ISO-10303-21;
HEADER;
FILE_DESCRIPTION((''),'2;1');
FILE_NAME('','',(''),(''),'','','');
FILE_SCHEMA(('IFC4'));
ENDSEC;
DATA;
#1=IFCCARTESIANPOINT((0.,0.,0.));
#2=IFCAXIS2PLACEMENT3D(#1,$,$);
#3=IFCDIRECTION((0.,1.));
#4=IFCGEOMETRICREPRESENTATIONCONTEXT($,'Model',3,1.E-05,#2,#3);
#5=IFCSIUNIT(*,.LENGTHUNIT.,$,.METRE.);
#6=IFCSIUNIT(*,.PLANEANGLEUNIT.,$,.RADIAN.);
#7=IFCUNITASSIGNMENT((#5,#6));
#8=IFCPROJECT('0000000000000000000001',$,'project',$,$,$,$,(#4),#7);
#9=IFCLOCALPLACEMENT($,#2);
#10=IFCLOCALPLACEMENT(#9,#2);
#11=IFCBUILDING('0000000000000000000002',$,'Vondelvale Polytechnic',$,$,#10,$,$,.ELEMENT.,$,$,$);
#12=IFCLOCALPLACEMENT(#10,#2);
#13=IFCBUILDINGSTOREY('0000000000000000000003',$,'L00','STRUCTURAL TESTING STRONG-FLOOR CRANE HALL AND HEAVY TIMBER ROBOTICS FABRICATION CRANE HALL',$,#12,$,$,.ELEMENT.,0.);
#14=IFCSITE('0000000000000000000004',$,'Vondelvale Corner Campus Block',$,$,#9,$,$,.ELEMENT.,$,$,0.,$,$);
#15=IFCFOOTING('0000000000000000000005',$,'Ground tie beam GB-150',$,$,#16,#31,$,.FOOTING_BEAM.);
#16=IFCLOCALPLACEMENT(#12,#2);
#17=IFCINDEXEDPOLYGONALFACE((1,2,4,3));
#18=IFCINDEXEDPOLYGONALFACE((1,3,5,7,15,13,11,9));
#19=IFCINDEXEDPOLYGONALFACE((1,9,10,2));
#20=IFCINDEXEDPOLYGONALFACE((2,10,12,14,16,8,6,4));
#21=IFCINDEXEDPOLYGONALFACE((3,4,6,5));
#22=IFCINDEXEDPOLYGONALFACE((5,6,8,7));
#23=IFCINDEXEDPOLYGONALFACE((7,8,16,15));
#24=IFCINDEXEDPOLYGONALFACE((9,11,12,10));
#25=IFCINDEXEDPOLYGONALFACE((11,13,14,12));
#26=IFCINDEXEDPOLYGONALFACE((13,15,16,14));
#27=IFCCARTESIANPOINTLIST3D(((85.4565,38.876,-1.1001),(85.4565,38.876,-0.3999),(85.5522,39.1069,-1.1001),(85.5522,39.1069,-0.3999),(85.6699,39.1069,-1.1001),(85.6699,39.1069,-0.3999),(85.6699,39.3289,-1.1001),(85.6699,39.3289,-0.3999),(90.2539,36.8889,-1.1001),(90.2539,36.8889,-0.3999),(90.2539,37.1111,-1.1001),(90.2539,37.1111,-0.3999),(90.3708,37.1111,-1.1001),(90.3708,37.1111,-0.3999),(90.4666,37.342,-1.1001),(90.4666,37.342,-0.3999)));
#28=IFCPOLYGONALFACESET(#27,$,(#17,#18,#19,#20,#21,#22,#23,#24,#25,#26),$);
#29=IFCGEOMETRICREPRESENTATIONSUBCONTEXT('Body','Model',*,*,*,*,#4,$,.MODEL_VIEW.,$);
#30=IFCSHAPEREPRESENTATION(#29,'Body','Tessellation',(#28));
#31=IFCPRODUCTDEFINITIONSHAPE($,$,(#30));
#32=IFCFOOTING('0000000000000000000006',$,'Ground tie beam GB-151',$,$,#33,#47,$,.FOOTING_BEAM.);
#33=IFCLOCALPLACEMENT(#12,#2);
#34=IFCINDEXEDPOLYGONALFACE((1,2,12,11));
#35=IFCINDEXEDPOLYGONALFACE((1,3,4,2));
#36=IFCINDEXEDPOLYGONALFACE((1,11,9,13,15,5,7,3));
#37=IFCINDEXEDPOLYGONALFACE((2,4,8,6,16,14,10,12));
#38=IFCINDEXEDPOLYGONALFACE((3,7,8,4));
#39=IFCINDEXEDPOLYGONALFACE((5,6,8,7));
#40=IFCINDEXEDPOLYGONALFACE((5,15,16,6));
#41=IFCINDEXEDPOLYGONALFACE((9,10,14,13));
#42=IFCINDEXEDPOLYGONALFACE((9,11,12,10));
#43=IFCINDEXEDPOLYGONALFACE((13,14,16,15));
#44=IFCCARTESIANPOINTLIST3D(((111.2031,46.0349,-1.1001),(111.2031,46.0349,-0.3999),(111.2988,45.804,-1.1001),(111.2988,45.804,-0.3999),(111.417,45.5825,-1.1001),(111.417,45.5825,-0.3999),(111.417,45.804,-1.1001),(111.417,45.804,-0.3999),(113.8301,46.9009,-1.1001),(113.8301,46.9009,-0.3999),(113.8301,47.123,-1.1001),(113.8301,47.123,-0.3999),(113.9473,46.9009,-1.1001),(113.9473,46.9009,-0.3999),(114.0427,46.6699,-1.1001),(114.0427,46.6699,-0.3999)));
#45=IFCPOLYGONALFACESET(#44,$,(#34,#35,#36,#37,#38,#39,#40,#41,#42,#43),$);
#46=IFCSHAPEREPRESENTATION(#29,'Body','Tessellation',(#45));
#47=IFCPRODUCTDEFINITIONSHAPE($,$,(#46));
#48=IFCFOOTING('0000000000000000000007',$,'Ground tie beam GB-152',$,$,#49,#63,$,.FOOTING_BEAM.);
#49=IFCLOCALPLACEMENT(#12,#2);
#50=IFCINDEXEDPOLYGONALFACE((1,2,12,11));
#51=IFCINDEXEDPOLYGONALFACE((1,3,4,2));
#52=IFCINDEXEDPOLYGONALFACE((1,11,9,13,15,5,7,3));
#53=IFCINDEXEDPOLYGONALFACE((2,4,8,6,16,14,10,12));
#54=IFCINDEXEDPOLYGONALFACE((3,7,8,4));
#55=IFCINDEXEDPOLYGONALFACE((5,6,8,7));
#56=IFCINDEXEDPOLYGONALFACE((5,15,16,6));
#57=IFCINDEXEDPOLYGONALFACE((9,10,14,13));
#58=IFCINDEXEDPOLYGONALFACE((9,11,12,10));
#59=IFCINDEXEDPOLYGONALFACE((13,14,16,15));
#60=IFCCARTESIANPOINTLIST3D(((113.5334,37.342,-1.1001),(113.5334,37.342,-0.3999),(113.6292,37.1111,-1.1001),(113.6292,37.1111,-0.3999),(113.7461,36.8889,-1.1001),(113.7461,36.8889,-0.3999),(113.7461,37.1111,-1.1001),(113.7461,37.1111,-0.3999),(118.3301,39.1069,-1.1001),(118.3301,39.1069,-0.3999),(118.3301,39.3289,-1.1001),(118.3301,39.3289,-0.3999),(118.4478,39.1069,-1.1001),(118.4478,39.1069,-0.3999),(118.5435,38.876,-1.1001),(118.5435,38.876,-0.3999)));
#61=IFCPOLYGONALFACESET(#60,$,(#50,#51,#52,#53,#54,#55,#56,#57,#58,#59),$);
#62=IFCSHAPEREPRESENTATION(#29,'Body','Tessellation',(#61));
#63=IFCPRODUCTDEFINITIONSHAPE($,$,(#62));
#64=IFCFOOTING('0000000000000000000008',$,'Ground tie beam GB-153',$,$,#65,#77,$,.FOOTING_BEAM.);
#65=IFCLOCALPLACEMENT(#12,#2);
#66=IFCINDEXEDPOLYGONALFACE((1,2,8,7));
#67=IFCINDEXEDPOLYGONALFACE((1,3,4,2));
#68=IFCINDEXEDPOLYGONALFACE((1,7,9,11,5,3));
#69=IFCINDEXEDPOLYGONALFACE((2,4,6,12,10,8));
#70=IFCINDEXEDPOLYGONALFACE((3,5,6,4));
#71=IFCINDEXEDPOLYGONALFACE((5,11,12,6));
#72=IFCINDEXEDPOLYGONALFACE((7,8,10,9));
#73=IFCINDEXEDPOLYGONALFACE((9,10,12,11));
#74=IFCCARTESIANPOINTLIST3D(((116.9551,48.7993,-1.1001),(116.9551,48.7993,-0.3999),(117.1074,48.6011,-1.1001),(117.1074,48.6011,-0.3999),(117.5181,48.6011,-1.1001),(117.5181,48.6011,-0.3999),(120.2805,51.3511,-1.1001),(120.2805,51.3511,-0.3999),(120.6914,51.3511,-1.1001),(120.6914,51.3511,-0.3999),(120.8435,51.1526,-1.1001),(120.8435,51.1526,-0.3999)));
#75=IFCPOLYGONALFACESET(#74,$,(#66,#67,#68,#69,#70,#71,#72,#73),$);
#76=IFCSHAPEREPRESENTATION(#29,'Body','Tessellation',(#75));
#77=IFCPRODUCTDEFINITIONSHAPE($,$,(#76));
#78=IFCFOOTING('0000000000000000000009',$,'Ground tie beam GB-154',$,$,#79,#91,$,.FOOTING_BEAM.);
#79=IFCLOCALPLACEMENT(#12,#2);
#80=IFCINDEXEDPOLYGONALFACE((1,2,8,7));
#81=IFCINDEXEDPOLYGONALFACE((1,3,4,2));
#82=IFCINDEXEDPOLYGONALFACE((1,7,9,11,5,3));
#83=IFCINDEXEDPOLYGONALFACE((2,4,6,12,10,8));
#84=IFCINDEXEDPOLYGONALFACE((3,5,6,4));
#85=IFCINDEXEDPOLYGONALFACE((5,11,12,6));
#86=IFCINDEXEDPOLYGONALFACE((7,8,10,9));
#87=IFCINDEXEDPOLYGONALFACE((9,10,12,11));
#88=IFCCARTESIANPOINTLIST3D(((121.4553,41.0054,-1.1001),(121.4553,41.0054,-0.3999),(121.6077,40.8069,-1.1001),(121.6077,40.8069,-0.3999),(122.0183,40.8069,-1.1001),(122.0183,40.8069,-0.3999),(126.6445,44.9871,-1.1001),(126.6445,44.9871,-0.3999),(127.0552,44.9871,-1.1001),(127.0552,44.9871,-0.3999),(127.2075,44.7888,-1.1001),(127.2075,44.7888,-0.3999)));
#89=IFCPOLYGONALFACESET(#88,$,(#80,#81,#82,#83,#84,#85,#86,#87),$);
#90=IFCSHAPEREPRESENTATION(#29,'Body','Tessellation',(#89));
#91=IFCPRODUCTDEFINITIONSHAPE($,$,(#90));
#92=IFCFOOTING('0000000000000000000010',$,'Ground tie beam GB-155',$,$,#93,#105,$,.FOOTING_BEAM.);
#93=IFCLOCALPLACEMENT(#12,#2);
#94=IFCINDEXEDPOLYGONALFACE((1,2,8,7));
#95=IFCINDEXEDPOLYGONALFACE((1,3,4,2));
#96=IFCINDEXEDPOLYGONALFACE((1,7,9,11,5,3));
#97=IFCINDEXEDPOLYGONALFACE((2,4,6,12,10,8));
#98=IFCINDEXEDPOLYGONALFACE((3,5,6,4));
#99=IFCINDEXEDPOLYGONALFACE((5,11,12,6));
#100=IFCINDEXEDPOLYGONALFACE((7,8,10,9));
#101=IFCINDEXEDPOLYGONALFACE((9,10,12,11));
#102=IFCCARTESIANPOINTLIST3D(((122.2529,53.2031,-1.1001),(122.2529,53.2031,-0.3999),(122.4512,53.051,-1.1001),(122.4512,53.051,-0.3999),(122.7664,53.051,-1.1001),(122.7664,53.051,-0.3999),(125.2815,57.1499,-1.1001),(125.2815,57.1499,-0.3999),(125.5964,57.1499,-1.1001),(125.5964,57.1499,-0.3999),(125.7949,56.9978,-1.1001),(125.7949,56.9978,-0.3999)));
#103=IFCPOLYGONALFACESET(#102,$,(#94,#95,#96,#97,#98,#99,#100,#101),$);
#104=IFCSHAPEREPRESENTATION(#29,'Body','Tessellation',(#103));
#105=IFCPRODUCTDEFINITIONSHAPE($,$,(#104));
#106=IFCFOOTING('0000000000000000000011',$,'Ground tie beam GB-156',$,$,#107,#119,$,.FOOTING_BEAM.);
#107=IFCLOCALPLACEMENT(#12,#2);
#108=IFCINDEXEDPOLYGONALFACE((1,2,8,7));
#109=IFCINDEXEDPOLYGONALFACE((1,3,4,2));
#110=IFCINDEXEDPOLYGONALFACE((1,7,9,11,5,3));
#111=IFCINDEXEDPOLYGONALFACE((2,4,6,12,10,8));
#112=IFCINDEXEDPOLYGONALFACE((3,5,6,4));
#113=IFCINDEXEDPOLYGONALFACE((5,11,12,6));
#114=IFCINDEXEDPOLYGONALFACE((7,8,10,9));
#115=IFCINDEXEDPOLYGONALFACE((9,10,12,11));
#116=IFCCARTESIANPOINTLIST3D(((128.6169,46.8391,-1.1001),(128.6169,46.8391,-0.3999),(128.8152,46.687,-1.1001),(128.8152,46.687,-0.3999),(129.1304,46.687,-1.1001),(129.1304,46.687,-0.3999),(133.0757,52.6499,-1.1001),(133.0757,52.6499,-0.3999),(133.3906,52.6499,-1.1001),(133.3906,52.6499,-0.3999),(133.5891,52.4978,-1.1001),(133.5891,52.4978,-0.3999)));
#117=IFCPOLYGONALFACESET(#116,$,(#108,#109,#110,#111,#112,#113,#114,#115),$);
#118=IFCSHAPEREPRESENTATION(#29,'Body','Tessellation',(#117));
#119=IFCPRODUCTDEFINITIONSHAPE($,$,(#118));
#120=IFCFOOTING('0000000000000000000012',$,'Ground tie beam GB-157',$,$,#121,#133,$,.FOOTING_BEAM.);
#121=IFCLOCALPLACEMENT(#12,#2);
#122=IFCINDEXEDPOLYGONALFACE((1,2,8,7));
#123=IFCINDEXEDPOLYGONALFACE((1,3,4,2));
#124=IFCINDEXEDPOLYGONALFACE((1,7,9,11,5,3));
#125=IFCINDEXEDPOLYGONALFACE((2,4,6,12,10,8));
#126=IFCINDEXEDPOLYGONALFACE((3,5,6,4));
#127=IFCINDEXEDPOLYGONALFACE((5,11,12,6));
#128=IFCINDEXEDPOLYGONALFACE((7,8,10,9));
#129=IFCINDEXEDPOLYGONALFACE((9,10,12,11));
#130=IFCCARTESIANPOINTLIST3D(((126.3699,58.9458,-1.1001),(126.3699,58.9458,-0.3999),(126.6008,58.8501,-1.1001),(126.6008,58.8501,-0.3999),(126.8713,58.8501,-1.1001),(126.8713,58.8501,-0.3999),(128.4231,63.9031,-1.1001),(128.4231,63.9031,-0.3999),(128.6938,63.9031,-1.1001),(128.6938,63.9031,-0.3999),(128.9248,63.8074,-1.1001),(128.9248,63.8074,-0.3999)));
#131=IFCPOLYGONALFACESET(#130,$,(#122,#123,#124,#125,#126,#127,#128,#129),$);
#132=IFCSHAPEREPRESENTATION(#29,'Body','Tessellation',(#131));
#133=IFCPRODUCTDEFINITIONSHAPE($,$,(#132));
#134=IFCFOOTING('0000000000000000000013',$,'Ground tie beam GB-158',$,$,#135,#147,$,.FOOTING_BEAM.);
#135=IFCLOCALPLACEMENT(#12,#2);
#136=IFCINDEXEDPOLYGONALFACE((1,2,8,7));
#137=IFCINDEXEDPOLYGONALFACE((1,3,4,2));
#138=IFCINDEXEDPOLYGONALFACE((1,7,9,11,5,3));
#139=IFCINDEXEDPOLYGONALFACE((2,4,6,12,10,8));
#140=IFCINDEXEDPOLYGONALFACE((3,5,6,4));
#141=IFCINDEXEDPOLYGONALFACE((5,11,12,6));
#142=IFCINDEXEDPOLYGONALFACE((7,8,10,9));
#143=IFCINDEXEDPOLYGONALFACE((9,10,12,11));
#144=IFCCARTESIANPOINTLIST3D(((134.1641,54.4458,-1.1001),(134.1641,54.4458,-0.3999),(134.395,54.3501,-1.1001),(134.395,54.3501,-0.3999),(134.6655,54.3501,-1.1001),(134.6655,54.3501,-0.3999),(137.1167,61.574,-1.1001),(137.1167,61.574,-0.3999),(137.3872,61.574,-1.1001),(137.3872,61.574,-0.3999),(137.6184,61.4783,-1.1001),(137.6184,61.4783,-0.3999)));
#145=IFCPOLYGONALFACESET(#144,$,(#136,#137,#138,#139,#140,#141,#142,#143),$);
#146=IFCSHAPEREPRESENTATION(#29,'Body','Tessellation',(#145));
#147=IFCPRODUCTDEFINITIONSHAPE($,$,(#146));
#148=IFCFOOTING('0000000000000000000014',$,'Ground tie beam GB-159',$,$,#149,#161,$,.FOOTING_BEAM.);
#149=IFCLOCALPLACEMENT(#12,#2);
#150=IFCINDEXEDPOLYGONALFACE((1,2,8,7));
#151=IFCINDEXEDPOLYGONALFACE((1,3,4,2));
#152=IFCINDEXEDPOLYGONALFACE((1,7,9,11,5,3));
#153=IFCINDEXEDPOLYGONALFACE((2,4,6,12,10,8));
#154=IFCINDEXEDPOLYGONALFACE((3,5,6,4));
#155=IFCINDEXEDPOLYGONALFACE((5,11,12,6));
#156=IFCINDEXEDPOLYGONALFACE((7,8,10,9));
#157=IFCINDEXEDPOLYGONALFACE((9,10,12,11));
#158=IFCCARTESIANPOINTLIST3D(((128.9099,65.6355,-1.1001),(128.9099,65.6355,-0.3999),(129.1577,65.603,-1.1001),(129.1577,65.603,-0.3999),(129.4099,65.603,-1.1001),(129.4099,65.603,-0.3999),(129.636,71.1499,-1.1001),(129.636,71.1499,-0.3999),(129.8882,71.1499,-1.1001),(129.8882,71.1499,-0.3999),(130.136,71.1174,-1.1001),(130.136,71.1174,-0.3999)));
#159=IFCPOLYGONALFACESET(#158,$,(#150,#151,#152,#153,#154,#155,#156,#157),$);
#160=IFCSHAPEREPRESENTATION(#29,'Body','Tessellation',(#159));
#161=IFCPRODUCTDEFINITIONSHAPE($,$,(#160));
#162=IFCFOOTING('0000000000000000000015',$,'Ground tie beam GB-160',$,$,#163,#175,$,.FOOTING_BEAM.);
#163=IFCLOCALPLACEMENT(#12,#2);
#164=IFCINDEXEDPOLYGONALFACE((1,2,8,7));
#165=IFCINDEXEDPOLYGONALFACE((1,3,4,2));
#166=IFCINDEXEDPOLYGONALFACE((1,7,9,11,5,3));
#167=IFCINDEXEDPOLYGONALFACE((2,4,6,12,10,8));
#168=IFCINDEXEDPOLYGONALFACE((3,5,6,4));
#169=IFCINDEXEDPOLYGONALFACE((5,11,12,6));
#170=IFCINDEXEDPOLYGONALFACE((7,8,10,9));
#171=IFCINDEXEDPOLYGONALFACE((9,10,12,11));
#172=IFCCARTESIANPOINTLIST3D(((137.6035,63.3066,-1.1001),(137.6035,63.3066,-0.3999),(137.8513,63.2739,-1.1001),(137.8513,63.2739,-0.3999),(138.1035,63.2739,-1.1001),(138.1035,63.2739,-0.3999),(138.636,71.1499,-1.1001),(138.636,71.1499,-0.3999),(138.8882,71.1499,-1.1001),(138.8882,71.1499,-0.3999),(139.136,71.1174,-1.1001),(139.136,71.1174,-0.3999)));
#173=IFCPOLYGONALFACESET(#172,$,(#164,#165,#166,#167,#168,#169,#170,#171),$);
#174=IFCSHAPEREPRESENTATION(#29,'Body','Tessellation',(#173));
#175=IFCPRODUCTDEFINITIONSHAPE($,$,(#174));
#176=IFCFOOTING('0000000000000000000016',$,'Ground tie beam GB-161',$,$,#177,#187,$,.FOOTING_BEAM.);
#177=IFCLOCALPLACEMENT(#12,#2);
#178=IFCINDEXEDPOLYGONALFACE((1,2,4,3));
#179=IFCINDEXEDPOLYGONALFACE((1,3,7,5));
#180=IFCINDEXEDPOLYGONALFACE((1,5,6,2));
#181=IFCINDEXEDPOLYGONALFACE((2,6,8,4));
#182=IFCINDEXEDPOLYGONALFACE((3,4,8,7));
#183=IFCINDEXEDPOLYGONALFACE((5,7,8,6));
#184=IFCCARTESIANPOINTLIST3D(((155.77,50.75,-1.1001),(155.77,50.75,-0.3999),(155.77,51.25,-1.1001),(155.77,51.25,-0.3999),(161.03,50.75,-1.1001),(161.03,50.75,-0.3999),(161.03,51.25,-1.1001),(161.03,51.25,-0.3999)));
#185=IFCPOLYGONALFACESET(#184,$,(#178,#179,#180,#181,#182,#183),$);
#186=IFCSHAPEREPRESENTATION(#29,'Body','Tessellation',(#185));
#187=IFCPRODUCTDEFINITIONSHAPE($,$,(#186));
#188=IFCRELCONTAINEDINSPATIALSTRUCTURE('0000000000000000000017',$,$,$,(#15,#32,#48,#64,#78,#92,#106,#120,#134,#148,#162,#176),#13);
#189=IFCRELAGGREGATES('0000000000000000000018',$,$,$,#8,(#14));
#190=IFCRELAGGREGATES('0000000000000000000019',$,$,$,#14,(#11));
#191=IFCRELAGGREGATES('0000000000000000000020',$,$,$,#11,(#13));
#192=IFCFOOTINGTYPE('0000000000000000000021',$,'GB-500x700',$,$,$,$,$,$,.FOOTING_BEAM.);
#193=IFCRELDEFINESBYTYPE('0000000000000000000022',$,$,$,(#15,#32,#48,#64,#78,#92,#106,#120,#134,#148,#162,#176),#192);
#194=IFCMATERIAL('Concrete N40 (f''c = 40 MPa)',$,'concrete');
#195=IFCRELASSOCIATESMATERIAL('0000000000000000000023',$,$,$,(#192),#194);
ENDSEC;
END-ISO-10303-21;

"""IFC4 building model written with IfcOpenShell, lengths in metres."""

from ifc_helpers import new_model, si_unit, direction, frame, origin, place, context, subcontext, project, spatial, polyline, outline, extrude, material, type_object, element, save


model = new_model("IFC4")

# Units and contexts
model_context = context("Model", 3, precision=1e-05, world=origin(), true_north=direction((0.0, 1.0)))
body_context = subcontext(model_context, "Body", "Model", "MODEL_VIEW")
ifc_project = project(units=[si_unit("LENGTHUNIT", "METRE"), si_unit("PLANEANGLEUNIT", "RADIAN")], contexts=[model_context])

# Site, building, storey
site_placement = place(None, origin())
site = spatial("IfcSite", under=ifc_project, at=site_placement, Name="Vondelvale Corner Campus Block", CompositionType="ELEMENT", RefElevation=0.0)
building_placement = place(site_placement, origin())
building = spatial("IfcBuilding", under=site, at=building_placement, Name="Vondelvale Polytechnic", CompositionType="ELEMENT")
storey_placement = place(building_placement, origin())
storey = spatial("IfcBuildingStorey", under=building, at=storey_placement, Name="L00", Description="STRUCTURAL TESTING STRONG-FLOOR CRANE HALL AND HEAVY TIMBER ROBOTICS FABRICATION CRANE HALL", CompositionType="ELEMENT", Elevation=0.0)

# Footings
ifc_material = material(Name="Concrete N40 (f'c = 40 MPa)", Category="concrete")
footing_type = type_object("IfcFootingType", Name="GB-500x700", PredefinedType="FOOTING_BEAM", material=ifc_material)
footing_1_placement = place(storey_placement, frame((0.0, 0.0, -1.1001)))
element("IfcFooting", 1, at=footing_1_placement, inside=storey, type_object=footing_type, Name="Ground tie beam GB-150", PredefinedType="FOOTING_BEAM", context=body_context, shape_type="SweptSolid", body=[
    extrude(outline(polyline([(85.4565, 38.876), (85.5522, 39.1069), (85.6699, 39.1069), (85.6699, 39.3289), (90.4666, 37.342), (90.3708, 37.1111), (90.2539, 37.1111), (90.2539, 36.8889), (85.4565, 38.876)])), origin(), (0.0, 0.0, 1.0), 0.7002),
])
footing_2_placement = place(storey_placement, frame((0.0, 0.0, -1.1001)))
element("IfcFooting", 2, at=footing_2_placement, inside=storey, type_object=footing_type, Name="Ground tie beam GB-151", PredefinedType="FOOTING_BEAM", context=body_context, shape_type="SweptSolid", body=[
    extrude(outline(polyline([(114.0427, 46.6699), (111.417, 45.5825), (111.417, 45.804), (111.2988, 45.804), (111.2031, 46.0349), (113.8301, 47.123), (113.8301, 46.9009), (113.9473, 46.9009), (114.0427, 46.6699)])), origin(), (0.0, 0.0, 1.0), 0.7002),
])
footing_3_placement = place(storey_placement, frame((0.0, 0.0, -1.1001)))
element("IfcFooting", 3, at=footing_3_placement, inside=storey, type_object=footing_type, Name="Ground tie beam GB-152", PredefinedType="FOOTING_BEAM", context=body_context, shape_type="SweptSolid", body=[
    extrude(outline(polyline([(118.5435, 38.876), (113.7461, 36.8889), (113.7461, 37.1111), (113.6292, 37.1111), (113.5334, 37.342), (118.3301, 39.3289), (118.3301, 39.1069), (118.4478, 39.1069), (118.5435, 38.876)])), origin(), (0.0, 0.0, 1.0), 0.7002),
])
footing_4_placement = place(storey_placement, frame((0.0, 0.0, -1.1001)))
element("IfcFooting", 4, at=footing_4_placement, inside=storey, type_object=footing_type, Name="Ground tie beam GB-153", PredefinedType="FOOTING_BEAM", context=body_context, shape_type="SweptSolid", body=[
    extrude(outline(polyline([(120.8435, 51.1526), (117.5181, 48.6011), (117.1074, 48.6011), (116.9551, 48.7993), (120.2805, 51.3511), (120.6914, 51.3511), (120.8435, 51.1526)])), origin(), (0.0, 0.0, 1.0), 0.7002),
])
footing_5_placement = place(storey_placement, frame((0.0, 0.0, -1.1001)))
element("IfcFooting", 5, at=footing_5_placement, inside=storey, type_object=footing_type, Name="Ground tie beam GB-154", PredefinedType="FOOTING_BEAM", context=body_context, shape_type="SweptSolid", body=[
    extrude(outline(polyline([(127.2075, 44.7888), (122.0183, 40.8069), (121.6077, 40.8069), (121.4553, 41.0054), (126.6445, 44.9871), (127.0552, 44.9871), (127.2075, 44.7888)])), origin(), (0.0, 0.0, 1.0), 0.7002),
])
footing_6_placement = place(storey_placement, frame((0.0, 0.0, -1.1001)))
element("IfcFooting", 6, at=footing_6_placement, inside=storey, type_object=footing_type, Name="Ground tie beam GB-155", PredefinedType="FOOTING_BEAM", context=body_context, shape_type="SweptSolid", body=[
    extrude(outline(polyline([(125.7949, 56.9978), (122.7664, 53.051), (122.4512, 53.051), (122.2529, 53.2031), (125.2815, 57.1499), (125.5964, 57.1499), (125.7949, 56.9978)])), origin(), (0.0, 0.0, 1.0), 0.7002),
])
footing_7_placement = place(storey_placement, frame((0.0, 0.0, -1.1001)))
element("IfcFooting", 7, at=footing_7_placement, inside=storey, type_object=footing_type, Name="Ground tie beam GB-156", PredefinedType="FOOTING_BEAM", context=body_context, shape_type="SweptSolid", body=[
    extrude(outline(polyline([(133.5891, 52.4978), (129.1304, 46.687), (128.8152, 46.687), (128.6169, 46.8391), (133.0757, 52.6499), (133.3906, 52.6499), (133.5891, 52.4978)])), origin(), (0.0, 0.0, 1.0), 0.7002),
])
footing_8_placement = place(storey_placement, frame((0.0, 0.0, -1.1001)))
element("IfcFooting", 8, at=footing_8_placement, inside=storey, type_object=footing_type, Name="Ground tie beam GB-157", PredefinedType="FOOTING_BEAM", context=body_context, shape_type="SweptSolid", body=[
    extrude(outline(polyline([(128.9248, 63.8074), (126.8713, 58.8501), (126.6008, 58.8501), (126.3699, 58.9458), (128.4231, 63.9031), (128.6938, 63.9031), (128.9248, 63.8074)])), origin(), (0.0, 0.0, 1.0), 0.7002),
])
footing_9_placement = place(storey_placement, frame((0.0, 0.0, -1.1001)))
element("IfcFooting", 9, at=footing_9_placement, inside=storey, type_object=footing_type, Name="Ground tie beam GB-158", PredefinedType="FOOTING_BEAM", context=body_context, shape_type="SweptSolid", body=[
    extrude(outline(polyline([(137.6184, 61.4783), (134.6655, 54.3501), (134.395, 54.3501), (134.1641, 54.4458), (137.1167, 61.574), (137.3872, 61.574), (137.6184, 61.4783)])), origin(), (0.0, 0.0, 1.0), 0.7002),
])
footing_10_placement = place(storey_placement, frame((0.0, 0.0, -1.1001)))
element("IfcFooting", 10, at=footing_10_placement, inside=storey, type_object=footing_type, Name="Ground tie beam GB-159", PredefinedType="FOOTING_BEAM", context=body_context, shape_type="SweptSolid", body=[
    extrude(outline(polyline([(130.136, 71.1174), (129.4099, 65.603), (129.1577, 65.603), (128.9099, 65.6355), (129.636, 71.1499), (129.8882, 71.1499), (130.136, 71.1174)])), origin(), (0.0, 0.0, 1.0), 0.7002),
])
footing_11_placement = place(storey_placement, frame((0.0, 0.0, -1.1001)))
element("IfcFooting", 11, at=footing_11_placement, inside=storey, type_object=footing_type, Name="Ground tie beam GB-160", PredefinedType="FOOTING_BEAM", context=body_context, shape_type="SweptSolid", body=[
    extrude(outline(polyline([(139.136, 71.1174), (138.1035, 63.2739), (137.8513, 63.2739), (137.6035, 63.3066), (138.636, 71.1499), (138.8882, 71.1499), (139.136, 71.1174)])), origin(), (0.0, 0.0, 1.0), 0.7002),
])
footing_12_placement = place(storey_placement, frame((0.0, 0.0, -1.1001)))
element("IfcFooting", 12, at=footing_12_placement, inside=storey, type_object=footing_type, Name="Ground tie beam GB-161", PredefinedType="FOOTING_BEAM", context=body_context, shape_type="SweptSolid", body=[
    extrude(outline(polyline([(155.77, 50.75), (155.77, 51.25), (161.03, 51.25), (161.03, 50.75), (155.77, 50.75)])), origin(), (0.0, 0.0, 1.0), 0.7002),
])

save(model, "model.ifc")
